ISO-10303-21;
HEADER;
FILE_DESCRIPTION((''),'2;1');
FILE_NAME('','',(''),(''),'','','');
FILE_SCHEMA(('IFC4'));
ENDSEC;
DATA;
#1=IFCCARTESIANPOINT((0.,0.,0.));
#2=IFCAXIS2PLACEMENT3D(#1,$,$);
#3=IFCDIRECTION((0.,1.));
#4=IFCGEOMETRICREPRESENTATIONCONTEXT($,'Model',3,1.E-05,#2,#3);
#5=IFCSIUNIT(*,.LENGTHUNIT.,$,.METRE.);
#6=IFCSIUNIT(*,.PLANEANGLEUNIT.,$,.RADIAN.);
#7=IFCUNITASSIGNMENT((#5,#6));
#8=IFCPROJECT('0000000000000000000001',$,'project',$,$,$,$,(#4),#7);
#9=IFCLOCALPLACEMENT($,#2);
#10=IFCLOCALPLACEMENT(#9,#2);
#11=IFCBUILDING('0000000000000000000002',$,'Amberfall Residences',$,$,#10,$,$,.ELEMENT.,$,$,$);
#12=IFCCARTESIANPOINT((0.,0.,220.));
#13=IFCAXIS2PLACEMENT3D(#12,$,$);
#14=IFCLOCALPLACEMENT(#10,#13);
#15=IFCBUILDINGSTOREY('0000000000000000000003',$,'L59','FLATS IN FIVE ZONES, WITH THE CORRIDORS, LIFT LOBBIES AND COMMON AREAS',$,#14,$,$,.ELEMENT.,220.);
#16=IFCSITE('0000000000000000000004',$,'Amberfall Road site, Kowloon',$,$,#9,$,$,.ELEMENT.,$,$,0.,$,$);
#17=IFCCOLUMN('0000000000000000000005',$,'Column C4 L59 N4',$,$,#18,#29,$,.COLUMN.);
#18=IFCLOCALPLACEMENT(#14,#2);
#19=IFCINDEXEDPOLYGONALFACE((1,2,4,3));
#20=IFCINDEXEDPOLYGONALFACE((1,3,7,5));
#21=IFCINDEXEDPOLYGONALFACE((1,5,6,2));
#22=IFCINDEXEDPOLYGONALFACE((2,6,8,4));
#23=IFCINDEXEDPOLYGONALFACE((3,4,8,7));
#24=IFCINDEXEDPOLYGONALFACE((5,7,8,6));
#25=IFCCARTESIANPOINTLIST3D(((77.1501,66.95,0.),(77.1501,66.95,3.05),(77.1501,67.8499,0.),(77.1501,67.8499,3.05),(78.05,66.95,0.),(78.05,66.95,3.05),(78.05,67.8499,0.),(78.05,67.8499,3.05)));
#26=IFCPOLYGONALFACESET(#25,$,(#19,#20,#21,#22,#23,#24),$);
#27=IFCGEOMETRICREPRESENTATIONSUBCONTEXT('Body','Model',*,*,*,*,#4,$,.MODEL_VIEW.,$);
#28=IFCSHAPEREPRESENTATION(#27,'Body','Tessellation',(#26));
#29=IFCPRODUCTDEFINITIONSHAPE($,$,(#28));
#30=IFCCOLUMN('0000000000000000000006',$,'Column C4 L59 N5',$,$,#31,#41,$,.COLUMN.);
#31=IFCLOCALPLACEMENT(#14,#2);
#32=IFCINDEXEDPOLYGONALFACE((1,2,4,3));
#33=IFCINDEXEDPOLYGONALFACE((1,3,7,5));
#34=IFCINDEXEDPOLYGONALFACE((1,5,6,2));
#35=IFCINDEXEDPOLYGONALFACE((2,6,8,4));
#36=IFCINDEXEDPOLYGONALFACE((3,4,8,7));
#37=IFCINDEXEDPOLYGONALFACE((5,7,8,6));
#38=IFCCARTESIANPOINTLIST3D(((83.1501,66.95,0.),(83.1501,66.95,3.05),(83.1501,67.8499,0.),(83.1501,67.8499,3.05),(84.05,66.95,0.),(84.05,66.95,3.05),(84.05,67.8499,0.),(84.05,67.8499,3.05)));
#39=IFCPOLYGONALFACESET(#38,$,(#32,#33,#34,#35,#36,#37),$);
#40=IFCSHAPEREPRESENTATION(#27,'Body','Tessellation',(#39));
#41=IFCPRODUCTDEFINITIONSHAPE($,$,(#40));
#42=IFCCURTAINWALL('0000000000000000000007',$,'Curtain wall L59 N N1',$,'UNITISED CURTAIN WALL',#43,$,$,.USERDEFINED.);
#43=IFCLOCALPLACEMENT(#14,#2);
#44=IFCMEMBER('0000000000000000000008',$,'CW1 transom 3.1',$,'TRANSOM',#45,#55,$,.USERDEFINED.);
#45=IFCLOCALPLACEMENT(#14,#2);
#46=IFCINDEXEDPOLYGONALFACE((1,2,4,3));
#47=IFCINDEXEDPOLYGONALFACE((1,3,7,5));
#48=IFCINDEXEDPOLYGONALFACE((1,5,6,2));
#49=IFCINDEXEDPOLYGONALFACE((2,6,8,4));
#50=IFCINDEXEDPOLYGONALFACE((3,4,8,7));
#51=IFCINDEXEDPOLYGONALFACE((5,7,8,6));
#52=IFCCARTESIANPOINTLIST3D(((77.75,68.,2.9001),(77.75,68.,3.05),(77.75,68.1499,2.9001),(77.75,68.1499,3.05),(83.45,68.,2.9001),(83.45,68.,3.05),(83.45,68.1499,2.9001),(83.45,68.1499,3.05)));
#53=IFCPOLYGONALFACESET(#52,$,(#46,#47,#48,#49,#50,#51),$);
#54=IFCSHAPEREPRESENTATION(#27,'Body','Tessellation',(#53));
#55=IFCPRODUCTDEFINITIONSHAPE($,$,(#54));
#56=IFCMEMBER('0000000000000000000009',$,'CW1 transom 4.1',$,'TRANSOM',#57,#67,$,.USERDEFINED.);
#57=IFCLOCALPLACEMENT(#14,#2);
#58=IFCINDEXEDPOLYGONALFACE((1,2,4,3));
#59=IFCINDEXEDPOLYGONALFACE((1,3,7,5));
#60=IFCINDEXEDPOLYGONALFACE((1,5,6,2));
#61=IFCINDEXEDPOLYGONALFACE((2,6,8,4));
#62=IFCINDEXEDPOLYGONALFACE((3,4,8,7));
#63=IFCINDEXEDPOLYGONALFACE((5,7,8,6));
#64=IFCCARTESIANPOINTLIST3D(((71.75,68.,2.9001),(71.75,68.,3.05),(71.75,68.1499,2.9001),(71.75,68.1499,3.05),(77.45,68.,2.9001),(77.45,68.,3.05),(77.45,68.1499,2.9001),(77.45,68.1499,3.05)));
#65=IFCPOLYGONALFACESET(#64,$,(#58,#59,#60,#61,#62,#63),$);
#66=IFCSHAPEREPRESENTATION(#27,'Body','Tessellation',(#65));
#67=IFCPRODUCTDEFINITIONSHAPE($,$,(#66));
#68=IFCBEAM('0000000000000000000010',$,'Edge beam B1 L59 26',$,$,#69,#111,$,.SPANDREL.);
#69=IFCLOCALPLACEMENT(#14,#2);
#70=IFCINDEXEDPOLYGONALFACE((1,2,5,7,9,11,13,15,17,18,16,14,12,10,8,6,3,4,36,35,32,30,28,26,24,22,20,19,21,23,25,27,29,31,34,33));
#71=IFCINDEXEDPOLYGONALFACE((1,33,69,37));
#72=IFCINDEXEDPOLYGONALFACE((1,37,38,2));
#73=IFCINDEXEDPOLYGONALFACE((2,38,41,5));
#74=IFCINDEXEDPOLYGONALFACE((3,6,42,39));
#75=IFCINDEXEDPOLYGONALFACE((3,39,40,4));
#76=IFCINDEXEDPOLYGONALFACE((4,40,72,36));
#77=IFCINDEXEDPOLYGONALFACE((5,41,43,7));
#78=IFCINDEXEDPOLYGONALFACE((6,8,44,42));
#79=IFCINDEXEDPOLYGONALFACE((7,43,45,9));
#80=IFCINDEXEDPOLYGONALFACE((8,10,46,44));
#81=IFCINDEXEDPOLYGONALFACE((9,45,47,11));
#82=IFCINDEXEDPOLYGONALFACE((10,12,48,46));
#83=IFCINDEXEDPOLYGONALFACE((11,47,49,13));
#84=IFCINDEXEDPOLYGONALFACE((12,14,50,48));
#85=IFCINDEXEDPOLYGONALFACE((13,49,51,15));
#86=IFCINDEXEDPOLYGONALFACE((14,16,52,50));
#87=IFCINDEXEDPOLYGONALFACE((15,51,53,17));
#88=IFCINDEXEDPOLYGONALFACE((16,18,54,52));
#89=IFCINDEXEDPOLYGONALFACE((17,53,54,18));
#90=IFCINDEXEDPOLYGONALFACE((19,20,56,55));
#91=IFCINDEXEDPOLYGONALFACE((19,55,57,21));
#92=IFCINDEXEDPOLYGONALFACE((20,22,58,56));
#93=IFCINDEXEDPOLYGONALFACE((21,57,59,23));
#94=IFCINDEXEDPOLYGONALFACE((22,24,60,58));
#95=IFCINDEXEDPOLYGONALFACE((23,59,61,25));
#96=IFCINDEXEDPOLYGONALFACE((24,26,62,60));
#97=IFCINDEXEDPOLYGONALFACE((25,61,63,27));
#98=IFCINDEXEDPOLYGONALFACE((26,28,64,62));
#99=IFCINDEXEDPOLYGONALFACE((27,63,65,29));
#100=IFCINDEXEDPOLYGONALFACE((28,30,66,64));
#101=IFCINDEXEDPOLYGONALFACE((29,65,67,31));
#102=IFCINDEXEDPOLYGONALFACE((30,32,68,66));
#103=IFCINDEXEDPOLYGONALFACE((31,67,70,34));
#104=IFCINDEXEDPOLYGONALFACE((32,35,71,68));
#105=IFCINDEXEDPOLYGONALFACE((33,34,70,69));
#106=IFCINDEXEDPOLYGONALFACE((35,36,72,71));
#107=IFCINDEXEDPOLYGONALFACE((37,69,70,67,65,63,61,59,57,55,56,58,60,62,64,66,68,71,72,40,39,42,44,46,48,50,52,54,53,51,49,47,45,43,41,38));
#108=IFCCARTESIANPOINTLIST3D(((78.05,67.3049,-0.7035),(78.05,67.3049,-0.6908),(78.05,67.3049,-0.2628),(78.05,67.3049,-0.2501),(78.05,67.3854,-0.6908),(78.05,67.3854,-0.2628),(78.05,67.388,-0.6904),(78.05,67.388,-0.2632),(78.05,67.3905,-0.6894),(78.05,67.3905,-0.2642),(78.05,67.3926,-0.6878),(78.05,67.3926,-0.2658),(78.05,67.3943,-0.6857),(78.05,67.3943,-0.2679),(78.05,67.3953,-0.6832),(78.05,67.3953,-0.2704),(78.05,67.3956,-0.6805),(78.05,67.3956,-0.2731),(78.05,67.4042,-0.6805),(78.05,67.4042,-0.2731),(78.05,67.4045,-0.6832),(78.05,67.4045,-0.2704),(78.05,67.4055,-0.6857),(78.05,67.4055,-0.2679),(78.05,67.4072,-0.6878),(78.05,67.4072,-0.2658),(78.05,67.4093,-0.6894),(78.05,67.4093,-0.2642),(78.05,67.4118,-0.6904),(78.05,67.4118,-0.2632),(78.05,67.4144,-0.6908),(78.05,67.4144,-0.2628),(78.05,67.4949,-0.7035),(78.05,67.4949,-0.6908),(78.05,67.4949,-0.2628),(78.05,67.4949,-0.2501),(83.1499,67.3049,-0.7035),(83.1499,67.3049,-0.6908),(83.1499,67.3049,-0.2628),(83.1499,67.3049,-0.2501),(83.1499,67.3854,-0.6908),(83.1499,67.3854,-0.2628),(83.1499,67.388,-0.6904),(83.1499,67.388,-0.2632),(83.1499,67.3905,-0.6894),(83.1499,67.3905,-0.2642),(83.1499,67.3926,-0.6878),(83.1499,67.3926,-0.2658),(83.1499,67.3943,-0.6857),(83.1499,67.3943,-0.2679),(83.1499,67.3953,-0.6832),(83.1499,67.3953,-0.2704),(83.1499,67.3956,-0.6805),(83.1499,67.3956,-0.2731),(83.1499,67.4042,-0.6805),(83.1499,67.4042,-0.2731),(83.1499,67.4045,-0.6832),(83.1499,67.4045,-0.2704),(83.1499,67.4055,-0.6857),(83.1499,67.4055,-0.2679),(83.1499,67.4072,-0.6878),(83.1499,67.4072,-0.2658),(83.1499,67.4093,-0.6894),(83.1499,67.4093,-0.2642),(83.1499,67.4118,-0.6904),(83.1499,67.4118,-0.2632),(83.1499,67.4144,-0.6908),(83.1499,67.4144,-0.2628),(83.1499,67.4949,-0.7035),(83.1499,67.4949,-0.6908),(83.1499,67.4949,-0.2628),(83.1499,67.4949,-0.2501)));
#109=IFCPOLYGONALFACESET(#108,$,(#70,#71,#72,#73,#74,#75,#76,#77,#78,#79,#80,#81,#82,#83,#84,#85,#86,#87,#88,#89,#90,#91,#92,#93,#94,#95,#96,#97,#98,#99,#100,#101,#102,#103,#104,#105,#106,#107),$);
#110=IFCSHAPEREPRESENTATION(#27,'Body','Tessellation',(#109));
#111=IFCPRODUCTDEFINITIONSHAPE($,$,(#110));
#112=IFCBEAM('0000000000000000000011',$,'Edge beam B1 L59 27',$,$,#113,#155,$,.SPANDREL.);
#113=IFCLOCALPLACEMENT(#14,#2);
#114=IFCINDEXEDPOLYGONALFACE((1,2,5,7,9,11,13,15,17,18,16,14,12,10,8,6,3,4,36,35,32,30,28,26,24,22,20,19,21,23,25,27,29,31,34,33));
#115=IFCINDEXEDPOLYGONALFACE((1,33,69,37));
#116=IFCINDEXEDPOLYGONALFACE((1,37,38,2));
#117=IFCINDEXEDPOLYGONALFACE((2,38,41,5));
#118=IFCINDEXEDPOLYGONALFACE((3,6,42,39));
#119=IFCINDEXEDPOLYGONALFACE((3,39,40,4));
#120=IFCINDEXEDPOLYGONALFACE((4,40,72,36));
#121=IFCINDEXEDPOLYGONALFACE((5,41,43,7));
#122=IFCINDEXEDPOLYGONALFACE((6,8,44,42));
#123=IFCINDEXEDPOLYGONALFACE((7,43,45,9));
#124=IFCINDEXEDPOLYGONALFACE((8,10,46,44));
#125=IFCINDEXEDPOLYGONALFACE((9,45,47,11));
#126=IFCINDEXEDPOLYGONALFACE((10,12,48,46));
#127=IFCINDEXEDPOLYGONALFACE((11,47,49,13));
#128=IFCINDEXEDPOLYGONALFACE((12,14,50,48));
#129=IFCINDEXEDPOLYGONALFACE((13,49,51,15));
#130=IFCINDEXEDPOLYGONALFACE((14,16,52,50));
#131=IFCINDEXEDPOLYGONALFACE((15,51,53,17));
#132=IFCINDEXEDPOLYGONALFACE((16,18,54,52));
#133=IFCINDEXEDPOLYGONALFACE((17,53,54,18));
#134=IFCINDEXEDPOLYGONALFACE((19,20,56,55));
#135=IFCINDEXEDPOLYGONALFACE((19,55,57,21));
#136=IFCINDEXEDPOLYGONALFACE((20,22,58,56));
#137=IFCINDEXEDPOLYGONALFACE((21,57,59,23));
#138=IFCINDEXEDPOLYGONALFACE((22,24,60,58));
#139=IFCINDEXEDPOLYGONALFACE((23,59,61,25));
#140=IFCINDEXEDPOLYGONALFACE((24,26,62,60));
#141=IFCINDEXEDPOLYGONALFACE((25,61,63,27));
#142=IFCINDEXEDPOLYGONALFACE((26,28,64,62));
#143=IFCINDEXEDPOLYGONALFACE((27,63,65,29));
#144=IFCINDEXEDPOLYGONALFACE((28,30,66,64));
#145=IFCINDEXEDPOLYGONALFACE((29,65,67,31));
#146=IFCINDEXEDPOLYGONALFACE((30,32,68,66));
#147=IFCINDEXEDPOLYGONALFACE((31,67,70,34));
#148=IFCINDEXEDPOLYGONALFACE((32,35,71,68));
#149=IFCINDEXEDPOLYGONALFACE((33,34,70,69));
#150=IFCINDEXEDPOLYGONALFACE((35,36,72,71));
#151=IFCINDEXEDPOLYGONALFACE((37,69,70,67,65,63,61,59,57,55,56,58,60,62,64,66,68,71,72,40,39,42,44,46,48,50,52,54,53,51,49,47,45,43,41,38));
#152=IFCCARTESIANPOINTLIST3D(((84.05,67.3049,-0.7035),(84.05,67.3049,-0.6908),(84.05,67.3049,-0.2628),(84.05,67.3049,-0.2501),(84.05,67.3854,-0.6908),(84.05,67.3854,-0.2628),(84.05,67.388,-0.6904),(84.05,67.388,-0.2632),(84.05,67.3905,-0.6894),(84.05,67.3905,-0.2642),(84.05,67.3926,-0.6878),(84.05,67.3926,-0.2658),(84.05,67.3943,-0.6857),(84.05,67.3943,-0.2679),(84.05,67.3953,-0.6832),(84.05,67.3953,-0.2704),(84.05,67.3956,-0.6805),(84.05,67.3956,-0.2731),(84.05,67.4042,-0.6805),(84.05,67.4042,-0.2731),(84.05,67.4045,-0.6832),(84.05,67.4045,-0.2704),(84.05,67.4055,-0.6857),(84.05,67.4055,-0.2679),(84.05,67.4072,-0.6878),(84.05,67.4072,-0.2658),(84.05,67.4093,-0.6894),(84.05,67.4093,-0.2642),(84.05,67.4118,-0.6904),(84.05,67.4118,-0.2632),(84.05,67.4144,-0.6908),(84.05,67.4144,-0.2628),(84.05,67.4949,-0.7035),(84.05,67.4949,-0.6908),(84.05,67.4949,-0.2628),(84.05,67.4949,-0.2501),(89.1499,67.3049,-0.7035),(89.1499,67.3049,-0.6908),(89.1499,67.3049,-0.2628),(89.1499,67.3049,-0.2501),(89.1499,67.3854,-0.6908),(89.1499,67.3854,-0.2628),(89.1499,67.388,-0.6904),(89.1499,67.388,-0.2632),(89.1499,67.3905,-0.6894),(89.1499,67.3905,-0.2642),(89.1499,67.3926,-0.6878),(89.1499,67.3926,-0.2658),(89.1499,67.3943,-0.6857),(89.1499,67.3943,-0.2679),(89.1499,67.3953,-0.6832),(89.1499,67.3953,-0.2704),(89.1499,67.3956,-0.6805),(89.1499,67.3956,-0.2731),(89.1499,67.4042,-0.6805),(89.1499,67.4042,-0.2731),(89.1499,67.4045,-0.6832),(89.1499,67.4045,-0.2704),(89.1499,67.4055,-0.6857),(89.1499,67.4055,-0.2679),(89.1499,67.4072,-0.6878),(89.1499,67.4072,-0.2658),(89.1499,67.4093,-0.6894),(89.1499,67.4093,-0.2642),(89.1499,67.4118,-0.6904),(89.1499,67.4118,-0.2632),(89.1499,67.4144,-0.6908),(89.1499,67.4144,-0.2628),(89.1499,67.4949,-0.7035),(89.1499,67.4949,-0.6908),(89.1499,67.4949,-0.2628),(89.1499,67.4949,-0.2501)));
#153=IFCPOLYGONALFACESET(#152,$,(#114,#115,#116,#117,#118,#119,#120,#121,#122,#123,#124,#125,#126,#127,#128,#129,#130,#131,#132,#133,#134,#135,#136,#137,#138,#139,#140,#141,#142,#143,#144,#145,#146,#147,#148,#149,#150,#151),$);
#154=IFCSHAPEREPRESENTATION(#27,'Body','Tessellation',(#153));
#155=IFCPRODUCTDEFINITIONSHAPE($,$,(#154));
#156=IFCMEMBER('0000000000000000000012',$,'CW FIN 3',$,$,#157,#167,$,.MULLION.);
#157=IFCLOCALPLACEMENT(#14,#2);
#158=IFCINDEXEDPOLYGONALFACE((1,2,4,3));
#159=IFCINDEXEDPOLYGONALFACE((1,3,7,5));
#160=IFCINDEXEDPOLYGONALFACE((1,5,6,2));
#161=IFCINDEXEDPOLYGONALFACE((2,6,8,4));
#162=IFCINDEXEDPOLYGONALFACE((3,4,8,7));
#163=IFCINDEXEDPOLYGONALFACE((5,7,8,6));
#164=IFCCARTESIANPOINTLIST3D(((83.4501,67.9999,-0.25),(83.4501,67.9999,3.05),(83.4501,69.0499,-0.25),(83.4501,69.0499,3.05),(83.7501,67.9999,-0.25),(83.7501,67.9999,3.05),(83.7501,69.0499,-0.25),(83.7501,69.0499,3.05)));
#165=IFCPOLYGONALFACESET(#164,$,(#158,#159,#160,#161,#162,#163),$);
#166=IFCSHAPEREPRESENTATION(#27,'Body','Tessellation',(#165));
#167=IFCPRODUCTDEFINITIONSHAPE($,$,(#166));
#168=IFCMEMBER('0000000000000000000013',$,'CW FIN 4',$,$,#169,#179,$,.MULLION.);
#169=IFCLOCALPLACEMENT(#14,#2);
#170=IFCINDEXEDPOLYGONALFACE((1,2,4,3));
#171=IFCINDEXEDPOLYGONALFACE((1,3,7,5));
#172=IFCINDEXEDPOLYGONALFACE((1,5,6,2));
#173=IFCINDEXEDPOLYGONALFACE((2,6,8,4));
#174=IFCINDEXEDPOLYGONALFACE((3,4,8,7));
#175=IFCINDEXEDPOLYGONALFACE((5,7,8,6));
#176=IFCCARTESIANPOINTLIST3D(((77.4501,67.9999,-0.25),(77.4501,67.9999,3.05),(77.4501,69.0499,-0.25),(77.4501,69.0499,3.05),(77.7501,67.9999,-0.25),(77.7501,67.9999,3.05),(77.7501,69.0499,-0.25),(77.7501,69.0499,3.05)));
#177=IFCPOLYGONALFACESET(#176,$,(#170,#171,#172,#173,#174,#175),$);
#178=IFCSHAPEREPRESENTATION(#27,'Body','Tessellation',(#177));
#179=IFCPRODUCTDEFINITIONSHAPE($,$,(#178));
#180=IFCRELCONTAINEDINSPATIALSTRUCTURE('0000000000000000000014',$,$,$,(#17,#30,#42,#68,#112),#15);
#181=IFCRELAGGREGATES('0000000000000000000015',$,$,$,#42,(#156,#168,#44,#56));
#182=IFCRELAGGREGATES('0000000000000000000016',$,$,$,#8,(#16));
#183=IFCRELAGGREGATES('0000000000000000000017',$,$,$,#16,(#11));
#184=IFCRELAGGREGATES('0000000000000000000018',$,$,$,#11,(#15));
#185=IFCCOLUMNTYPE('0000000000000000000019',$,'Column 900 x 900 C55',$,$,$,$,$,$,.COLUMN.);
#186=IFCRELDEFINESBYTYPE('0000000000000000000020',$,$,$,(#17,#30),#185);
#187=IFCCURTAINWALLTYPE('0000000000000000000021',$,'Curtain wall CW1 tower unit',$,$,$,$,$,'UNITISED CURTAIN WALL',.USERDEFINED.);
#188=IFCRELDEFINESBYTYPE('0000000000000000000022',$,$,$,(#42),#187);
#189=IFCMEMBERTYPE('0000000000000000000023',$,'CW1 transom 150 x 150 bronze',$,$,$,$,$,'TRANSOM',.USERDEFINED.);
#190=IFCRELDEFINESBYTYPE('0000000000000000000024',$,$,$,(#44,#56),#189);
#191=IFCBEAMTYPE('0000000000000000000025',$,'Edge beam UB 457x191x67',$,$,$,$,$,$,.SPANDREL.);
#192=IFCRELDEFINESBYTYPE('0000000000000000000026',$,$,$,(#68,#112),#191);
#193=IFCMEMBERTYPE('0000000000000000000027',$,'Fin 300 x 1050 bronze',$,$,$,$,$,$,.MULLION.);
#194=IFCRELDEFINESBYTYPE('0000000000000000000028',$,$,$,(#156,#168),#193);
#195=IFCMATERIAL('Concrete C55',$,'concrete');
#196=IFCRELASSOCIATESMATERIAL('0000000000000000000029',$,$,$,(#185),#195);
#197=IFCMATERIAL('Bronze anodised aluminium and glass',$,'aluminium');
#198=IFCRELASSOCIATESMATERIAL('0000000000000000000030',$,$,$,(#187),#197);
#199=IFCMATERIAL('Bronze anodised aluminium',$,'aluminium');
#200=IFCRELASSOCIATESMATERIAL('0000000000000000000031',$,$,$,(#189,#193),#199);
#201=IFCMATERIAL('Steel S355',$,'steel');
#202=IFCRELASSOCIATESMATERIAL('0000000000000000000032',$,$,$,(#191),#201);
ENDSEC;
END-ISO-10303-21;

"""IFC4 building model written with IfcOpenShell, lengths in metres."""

from ifc_helpers import new_model, si_unit, direction, frame, origin, origin_2d, place, context, subcontext, project, spatial, rectangle, i_section, extrude, material, material_profile, profile_set, type_object, element, aggregate, save


model = new_model("IFC4")

# Units and contexts
model_context = context("Model", 3, precision=1e-05, world=origin(), true_north=direction((0.0, 1.0)))
body_context = subcontext(model_context, "Body", "Model", "MODEL_VIEW")
ifc_project = project(units=[si_unit("LENGTHUNIT", "METRE"), si_unit("PLANEANGLEUNIT", "RADIAN")], contexts=[model_context])

# Site, building, storey
site_placement = place(None, origin())
site = spatial("IfcSite", under=ifc_project, at=site_placement, Name="Amberfall Road site, Kowloon", CompositionType="ELEMENT", RefElevation=0.0)
building_placement = place(site_placement, origin())
building = spatial("IfcBuilding", under=site, at=building_placement, Name="Amberfall Residences", CompositionType="ELEMENT")
storey_placement = place(building_placement, frame((0.0, 0.0, 220.0)))
storey = spatial("IfcBuildingStorey", under=building, at=storey_placement, Name="L59", Description="FLATS IN FIVE ZONES, WITH THE CORRIDORS, LIFT LOBBIES AND COMMON AREAS", CompositionType="ELEMENT", Elevation=220.0)

# Columns
ifc_material_1 = material(Name="Concrete C55", Category="concrete")
ifc_material_profile_1 = material_profile(ifc_material_1, rectangle(XDim=0.8999, YDim=0.8999, at=origin_2d()), Name="Column 900 x 900 C55")
ifc_profile_set_1 = profile_set([ifc_material_profile_1], Name="Concrete C55")
column_type = type_object("IfcColumnType", Name="Column 900 x 900 C55", PredefinedType="COLUMN", material=ifc_profile_set_1)
for number, where, z_axis, x_axis, name in (
    (1, (77.6001, 67.3999, 0.0), (0.0, 0.0, 1.0), (1.0, 0.0, 0.0), "Column C4 L59 N4"),
    (2, (83.6001, 67.3999, 0.0), (0.0, 0.0, 1.0), (1.0, 0.0, 0.0), "Column C4 L59 N5"),
):
    element("IfcColumn", number, at=place(storey_placement, frame(where, z_axis=z_axis, x_axis=x_axis)), inside=storey, type_object=column_type, Name=name, PredefinedType="COLUMN", context=body_context, shape_type="SweptSolid", body=[
        extrude(rectangle(XDim=0.8999, YDim=0.8999, at=origin_2d()), origin(), (0.0, 0.0, 1.0), 3.05),
    ])

# Curtain wall, members
ifc_material_2 = material(Name="Bronze anodised aluminium and glass", Category="aluminium")
curtain_wall_type = type_object("IfcCurtainWallType", Name="Curtain wall CW1 tower unit", ElementType="UNITISED CURTAIN WALL", PredefinedType="USERDEFINED", material=ifc_material_2)
curtain_wall_placement = place(storey_placement, origin())
curtain_wall = element("IfcCurtainWall", 3, at=curtain_wall_placement, inside=storey, type_object=curtain_wall_type, Name="Curtain wall L59 N N1", ObjectType="UNITISED CURTAIN WALL", PredefinedType="USERDEFINED")
ifc_material_3 = material(Name="Bronze anodised aluminium", Category="aluminium")
ifc_material_profile_2 = material_profile(ifc_material_3, rectangle(XDim=0.1499, YDim=0.1499, at=origin_2d()), Name="CW1 transom 150 x 150 bronze")
ifc_profile_set_2 = profile_set([ifc_material_profile_2], Name="Bronze anodised aluminium")
member_type_1 = type_object("IfcMemberType", Name="CW1 transom 150 x 150 bronze", ElementType="TRANSOM", PredefinedType="USERDEFINED", material=ifc_profile_set_2)
member_1_placement = place(storey_placement, frame((83.45, 68.075, 2.9751), z_axis=(-1.0, 0.0, 0.0), x_axis=(0.0, -1.0, 0.0)))
member_1 = element("IfcMember", 4, at=member_1_placement, type_object=member_type_1, Name="CW1 transom 3.1", ObjectType="TRANSOM", PredefinedType="USERDEFINED", context=body_context, shape_type="SweptSolid", body=[
    extrude(rectangle(XDim=0.1499, YDim=0.1499, at=origin_2d()), origin(), (0.0, 0.0, 1.0), 5.7),
])
member_2_placement = place(storey_placement, frame((77.45, 68.075, 2.9751), z_axis=(-1.0, 0.0, 0.0), x_axis=(0.0, -1.0, 0.0)))
member_2 = element("IfcMember", 5, at=member_2_placement, type_object=member_type_1, Name="CW1 transom 4.1", ObjectType="TRANSOM", PredefinedType="USERDEFINED", context=body_context, shape_type="SweptSolid", body=[
    extrude(rectangle(XDim=0.1499, YDim=0.1499, at=origin_2d()), origin(), (0.0, 0.0, 1.0), 5.7),
])

# Beams
ifc_material_4 = material(Name="Steel S355", Category="steel")
ifc_material_profile_3 = material_profile(ifc_material_4, i_section(OverallWidth=0.1899, OverallDepth=0.4534, WebThickness=0.0085, FlangeThickness=0.0127, FilletRadius=0.0103, at=origin_2d()), Name="UB 457x191x67")
ifc_profile_set_3 = profile_set([ifc_material_profile_3], Name="Steel S355")
beam_type_1 = type_object("IfcBeamType", Name="Edge beam UB 457x191x67", PredefinedType="SPANDREL", material=ifc_profile_set_3)
for number, where, z_axis, x_axis, name in (
    (6, (78.05, 67.3999, -0.4768), (1.0, 0.0, 0.0), (0.0, 1.0, 0.0), "Edge beam B1 L59 26"),
    (7, (84.05, 67.3999, -0.4768), (1.0, 0.0, 0.0), (0.0, 1.0, 0.0), "Edge beam B1 L59 27"),
):
    element("IfcBeam", number, at=place(storey_placement, frame(where, z_axis=z_axis, x_axis=x_axis)), inside=storey, type_object=beam_type_1, Name=name, PredefinedType="SPANDREL", context=body_context, shape_type="SweptSolid", body=[
        extrude(i_section(OverallWidth=0.1899, OverallDepth=0.4534, WebThickness=0.0085, FlangeThickness=0.0127, FilletRadius=0.0103, at=origin_2d()), origin(), (0.0, 0.0, 1.0), 5.0999),
    ])

# Members
ifc_material_profile_4 = material_profile(ifc_material_3, rectangle(XDim=1.05, YDim=0.3, at=origin_2d()), Name="Fin 300 x 1050 bronze")
ifc_profile_set_4 = profile_set([ifc_material_profile_4], Name="Bronze anodised aluminium")
member_type_2 = type_object("IfcMemberType", Name="Fin 300 x 1050 bronze", PredefinedType="MULLION", material=ifc_profile_set_4)
member_3_placement = place(storey_placement, frame((83.6001, 68.5249, -0.25), z_axis=(0.0, 0.0, 1.0), x_axis=(0.0, -1.0, 0.0)))
member_3 = element("IfcMember", 8, at=member_3_placement, type_object=member_type_2, Name="CW FIN 3", PredefinedType="MULLION", context=body_context, shape_type="SweptSolid", body=[
    extrude(rectangle(XDim=1.05, YDim=0.3, at=origin_2d()), origin(), (0.0, 0.0, 1.0), 3.3),
])
member_4_placement = place(storey_placement, frame((77.6001, 68.5249, -0.25), z_axis=(0.0, 0.0, 1.0), x_axis=(0.0, -1.0, 0.0)))
member_4 = element("IfcMember", 9, at=member_4_placement, type_object=member_type_2, Name="CW FIN 4", PredefinedType="MULLION", context=body_context, shape_type="SweptSolid", body=[
    extrude(rectangle(XDim=1.05, YDim=0.3, at=origin_2d()), origin(), (0.0, 0.0, 1.0), 3.3),
])

aggregate(curtain_wall, [member_3, member_4, member_1, member_2])

save(model, "model.ifc")
